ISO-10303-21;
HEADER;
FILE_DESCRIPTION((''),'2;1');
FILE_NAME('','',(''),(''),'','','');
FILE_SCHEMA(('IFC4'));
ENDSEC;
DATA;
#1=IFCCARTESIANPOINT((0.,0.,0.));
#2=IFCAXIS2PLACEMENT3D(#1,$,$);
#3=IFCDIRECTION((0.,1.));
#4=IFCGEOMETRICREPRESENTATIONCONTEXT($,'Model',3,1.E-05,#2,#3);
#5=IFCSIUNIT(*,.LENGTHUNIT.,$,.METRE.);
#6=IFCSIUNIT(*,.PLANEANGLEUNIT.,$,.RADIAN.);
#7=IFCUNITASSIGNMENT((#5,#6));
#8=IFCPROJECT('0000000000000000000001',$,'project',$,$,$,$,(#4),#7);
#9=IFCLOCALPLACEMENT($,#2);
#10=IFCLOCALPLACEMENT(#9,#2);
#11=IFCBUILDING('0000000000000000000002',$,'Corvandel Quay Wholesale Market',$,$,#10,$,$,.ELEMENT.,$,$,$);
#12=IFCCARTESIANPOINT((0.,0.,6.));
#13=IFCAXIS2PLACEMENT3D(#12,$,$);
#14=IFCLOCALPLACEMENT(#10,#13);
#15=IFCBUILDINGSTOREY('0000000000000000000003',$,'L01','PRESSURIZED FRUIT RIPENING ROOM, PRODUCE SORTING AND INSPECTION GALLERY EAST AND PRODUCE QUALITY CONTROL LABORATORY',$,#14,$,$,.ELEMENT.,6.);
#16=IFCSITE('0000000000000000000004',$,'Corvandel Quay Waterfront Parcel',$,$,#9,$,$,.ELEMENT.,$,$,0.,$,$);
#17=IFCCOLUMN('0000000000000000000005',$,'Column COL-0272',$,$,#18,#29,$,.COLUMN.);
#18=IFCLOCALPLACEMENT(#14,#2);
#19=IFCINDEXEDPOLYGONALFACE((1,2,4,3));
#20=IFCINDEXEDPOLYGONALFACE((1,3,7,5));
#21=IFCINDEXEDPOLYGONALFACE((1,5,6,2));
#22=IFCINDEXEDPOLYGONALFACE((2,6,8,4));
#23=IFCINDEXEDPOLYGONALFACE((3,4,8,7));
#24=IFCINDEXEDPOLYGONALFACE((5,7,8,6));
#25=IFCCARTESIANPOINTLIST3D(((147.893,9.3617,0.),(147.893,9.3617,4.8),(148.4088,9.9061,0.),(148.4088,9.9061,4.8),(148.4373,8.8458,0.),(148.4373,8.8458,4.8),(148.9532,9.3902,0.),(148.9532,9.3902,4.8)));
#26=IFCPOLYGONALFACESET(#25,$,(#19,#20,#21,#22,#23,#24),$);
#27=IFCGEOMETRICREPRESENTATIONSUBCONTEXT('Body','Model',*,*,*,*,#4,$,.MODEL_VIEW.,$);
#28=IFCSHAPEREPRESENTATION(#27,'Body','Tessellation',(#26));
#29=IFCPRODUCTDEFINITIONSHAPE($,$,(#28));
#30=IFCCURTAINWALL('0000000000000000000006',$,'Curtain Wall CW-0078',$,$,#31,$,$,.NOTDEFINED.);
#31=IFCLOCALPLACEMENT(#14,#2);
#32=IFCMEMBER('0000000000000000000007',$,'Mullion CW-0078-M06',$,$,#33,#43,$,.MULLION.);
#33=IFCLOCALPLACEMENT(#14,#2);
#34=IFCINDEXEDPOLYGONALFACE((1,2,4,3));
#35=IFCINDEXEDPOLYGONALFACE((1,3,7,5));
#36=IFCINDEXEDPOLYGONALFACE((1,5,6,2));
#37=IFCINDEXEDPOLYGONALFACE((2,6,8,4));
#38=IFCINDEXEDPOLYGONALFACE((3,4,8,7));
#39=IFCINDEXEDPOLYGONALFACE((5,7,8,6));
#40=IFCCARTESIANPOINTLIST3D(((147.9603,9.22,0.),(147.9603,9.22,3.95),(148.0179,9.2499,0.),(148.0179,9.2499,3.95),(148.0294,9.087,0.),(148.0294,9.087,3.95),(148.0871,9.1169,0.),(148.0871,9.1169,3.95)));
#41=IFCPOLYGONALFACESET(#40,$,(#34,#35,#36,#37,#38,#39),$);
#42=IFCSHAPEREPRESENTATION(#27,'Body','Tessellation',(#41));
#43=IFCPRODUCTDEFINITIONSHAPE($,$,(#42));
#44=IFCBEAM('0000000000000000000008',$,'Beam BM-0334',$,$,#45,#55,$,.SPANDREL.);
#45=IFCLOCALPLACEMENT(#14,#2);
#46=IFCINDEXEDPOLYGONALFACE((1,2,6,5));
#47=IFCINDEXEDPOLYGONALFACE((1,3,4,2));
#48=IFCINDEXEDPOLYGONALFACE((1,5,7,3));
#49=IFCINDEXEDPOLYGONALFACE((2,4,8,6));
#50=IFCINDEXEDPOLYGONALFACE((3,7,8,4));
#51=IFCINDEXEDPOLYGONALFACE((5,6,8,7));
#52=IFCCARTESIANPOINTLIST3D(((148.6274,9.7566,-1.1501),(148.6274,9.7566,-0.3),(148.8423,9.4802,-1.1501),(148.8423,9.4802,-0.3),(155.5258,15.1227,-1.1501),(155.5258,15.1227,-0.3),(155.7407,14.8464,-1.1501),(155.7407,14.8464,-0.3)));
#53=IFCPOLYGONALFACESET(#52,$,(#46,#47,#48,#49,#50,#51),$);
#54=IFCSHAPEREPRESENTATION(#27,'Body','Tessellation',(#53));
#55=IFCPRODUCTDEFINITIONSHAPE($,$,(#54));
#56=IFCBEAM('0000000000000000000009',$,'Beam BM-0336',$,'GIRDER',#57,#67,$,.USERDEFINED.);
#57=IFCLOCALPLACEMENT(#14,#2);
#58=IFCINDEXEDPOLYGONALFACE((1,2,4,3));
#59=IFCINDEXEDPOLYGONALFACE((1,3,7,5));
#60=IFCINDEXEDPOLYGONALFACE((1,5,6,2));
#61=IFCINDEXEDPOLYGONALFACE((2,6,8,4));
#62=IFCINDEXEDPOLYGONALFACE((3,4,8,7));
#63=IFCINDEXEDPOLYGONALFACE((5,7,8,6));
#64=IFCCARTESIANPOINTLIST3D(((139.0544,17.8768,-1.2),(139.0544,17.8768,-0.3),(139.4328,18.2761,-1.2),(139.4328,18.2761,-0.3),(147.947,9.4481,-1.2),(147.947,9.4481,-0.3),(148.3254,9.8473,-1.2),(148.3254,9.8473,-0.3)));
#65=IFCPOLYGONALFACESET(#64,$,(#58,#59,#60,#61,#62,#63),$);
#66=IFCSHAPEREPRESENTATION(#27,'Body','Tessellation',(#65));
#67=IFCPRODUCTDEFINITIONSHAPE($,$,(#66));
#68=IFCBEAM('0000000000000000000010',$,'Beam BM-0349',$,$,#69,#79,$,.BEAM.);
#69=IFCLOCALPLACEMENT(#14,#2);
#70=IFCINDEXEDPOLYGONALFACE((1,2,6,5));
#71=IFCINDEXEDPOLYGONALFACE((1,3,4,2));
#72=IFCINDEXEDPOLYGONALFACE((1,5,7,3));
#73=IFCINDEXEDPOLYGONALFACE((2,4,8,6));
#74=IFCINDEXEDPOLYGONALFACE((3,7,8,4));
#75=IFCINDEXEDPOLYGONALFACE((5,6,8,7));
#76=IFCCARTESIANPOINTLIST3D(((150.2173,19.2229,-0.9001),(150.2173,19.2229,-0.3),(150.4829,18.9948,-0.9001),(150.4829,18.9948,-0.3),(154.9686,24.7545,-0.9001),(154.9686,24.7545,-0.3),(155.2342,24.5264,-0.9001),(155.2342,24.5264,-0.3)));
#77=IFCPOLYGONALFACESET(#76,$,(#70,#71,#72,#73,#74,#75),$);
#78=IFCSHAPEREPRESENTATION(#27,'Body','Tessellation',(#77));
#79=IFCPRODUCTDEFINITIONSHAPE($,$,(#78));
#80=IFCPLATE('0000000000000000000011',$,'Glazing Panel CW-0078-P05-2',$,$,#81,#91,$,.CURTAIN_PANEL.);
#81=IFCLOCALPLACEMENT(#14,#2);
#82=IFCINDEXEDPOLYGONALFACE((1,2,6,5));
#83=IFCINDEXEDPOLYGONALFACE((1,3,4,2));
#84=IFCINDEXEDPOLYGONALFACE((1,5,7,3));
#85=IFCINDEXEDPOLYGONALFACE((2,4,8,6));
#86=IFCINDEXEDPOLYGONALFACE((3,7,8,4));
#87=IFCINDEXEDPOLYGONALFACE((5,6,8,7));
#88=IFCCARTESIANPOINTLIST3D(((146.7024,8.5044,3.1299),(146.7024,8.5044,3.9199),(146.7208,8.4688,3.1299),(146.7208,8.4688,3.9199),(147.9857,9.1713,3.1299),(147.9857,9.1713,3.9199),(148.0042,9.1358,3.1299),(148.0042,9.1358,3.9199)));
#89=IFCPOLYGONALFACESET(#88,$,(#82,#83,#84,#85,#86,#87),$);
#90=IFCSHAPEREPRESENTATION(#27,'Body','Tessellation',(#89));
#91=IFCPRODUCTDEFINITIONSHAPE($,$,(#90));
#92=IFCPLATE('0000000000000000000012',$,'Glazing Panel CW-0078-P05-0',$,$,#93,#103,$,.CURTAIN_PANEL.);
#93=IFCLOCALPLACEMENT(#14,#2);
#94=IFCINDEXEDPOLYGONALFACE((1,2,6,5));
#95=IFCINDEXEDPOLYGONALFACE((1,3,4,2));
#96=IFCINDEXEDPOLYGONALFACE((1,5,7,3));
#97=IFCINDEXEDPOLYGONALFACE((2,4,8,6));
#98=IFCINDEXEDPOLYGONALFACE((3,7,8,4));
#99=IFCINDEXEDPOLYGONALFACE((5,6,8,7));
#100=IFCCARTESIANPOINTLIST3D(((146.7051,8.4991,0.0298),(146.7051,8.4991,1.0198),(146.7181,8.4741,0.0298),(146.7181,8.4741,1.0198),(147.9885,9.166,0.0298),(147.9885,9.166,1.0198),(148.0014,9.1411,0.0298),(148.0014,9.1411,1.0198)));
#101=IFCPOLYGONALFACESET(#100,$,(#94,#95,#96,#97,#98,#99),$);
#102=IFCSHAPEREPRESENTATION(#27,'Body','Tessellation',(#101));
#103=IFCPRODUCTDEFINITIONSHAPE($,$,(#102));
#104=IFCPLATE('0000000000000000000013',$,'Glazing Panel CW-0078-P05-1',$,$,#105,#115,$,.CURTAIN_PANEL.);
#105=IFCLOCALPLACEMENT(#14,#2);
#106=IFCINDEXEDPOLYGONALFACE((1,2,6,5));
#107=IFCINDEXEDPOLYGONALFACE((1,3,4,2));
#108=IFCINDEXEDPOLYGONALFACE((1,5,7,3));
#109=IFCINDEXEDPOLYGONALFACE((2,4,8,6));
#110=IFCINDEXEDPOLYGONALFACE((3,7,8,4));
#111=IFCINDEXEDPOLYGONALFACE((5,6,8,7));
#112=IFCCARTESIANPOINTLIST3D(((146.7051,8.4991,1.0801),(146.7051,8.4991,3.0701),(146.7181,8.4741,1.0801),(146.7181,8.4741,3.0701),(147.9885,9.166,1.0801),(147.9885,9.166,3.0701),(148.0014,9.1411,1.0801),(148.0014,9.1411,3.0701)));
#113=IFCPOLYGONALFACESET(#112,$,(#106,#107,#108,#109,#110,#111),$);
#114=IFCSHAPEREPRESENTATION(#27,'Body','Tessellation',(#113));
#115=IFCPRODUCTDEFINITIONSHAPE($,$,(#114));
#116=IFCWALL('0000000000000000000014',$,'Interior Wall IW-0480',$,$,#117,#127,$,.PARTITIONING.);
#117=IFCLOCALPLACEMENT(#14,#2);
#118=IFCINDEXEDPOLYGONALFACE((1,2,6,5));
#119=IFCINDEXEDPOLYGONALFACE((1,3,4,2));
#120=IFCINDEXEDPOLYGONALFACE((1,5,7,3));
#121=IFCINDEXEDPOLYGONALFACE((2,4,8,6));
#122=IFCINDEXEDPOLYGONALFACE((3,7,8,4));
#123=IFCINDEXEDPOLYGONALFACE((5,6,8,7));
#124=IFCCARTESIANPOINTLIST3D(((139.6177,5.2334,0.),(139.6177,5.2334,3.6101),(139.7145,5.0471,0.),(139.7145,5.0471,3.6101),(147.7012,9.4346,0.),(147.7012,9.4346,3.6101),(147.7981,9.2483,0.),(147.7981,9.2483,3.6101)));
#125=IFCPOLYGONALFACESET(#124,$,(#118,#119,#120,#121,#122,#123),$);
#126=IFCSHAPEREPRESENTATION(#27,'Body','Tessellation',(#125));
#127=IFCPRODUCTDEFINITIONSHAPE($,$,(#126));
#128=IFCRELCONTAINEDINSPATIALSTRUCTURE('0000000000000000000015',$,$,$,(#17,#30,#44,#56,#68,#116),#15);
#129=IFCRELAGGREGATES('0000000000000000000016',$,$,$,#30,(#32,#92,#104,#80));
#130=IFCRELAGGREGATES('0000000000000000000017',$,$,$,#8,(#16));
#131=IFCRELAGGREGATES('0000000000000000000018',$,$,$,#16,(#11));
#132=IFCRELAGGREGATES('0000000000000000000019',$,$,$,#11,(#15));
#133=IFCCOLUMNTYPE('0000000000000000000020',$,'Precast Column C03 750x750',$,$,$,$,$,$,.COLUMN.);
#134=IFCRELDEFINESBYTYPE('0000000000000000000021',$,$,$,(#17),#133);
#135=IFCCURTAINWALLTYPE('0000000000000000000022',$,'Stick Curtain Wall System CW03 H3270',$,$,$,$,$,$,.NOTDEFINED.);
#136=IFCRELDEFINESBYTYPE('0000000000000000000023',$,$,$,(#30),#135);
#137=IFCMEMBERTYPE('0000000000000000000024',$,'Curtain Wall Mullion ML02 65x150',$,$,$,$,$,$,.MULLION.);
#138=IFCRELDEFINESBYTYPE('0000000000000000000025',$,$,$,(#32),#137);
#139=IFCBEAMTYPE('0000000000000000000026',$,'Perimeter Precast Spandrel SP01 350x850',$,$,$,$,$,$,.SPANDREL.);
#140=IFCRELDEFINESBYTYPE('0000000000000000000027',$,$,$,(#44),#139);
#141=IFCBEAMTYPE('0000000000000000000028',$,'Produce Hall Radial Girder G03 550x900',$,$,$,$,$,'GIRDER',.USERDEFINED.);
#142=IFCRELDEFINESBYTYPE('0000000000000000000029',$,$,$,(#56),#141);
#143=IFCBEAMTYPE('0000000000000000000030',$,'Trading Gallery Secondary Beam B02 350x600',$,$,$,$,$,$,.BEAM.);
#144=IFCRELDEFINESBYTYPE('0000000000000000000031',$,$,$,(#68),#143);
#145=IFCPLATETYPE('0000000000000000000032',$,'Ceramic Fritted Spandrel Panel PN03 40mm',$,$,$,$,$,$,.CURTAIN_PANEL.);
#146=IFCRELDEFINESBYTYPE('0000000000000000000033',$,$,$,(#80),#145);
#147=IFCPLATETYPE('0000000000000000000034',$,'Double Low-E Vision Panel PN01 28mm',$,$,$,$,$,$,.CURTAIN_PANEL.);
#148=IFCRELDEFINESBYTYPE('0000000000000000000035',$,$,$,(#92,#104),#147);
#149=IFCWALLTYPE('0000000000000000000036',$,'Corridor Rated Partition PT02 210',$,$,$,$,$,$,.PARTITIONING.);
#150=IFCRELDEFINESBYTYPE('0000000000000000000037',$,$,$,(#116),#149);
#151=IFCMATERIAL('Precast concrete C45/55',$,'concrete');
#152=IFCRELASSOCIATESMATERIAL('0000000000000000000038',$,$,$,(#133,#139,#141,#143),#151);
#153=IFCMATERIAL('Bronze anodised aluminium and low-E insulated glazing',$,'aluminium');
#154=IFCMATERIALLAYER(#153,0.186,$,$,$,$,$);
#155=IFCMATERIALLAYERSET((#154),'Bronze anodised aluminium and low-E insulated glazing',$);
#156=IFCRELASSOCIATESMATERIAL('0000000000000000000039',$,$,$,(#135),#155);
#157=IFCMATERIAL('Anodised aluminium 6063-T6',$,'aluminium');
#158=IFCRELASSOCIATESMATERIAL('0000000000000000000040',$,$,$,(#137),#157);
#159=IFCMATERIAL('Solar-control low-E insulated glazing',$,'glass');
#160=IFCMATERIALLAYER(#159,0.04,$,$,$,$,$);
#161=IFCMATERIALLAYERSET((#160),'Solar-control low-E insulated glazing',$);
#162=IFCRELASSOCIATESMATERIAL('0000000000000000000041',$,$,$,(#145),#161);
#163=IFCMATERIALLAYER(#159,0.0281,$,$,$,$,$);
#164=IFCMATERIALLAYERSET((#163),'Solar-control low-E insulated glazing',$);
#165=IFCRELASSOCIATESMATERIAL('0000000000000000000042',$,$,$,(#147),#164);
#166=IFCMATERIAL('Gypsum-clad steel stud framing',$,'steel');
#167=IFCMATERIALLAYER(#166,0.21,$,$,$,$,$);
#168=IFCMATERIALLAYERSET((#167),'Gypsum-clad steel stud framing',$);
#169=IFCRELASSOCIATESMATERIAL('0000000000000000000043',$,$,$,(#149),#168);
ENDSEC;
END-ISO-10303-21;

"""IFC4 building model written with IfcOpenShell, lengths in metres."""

from ifc_helpers import new_model, si_unit, direction, frame, frame_2d, origin, origin_2d, place, context, subcontext, project, spatial, rectangle, extrude, material, layer, layer_set, material_profile, profile_set, type_object, element, aggregate, save


model = new_model("IFC4")

# Units and contexts
model_context = context("Model", 3, precision=1e-05, world=origin(), true_north=direction((0.0, 1.0)))
body_context = subcontext(model_context, "Body", "Model", "MODEL_VIEW")
ifc_project = project(units=[si_unit("LENGTHUNIT", "METRE"), si_unit("PLANEANGLEUNIT", "RADIAN")], contexts=[model_context])

# Site, building, storey
site_placement = place(None, origin())
site = spatial("IfcSite", under=ifc_project, at=site_placement, Name="Corvandel Quay Waterfront Parcel", CompositionType="ELEMENT", RefElevation=0.0)
building_placement = place(site_placement, origin())
building = spatial("IfcBuilding", under=site, at=building_placement, Name="Corvandel Quay Wholesale Market", CompositionType="ELEMENT")
storey_placement = place(building_placement, frame((0.0, 0.0, 6.0)))
storey = spatial("IfcBuildingStorey", under=building, at=storey_placement, Name="L01", Description="PRESSURIZED FRUIT RIPENING ROOM, PRODUCE SORTING AND INSPECTION GALLERY EAST AND PRODUCE QUALITY CONTROL LABORATORY", CompositionType="ELEMENT", Elevation=6.0)

# Column
ifc_material_1 = material(Name="Precast concrete C45/55", Category="concrete")
ifc_material_profile_1 = material_profile(ifc_material_1, rectangle(XDim=0.75, YDim=0.75, at=origin_2d()), Name="PC-COL-750x750")
ifc_profile_set_1 = profile_set([ifc_material_profile_1], Name="Precast concrete C45/55")
column_type = type_object("IfcColumnType", Name="Precast Column C03 750x750", PredefinedType="COLUMN", material=ifc_profile_set_1)
column_placement = place(storey_placement, frame((148.4231, 9.376, 0.0), z_axis=(0.0, 0.0, 1.0), x_axis=(0.687848, 0.725855, 0.0)))
element("IfcColumn", 1, at=column_placement, inside=storey, type_object=column_type, Name="Column COL-0272", PredefinedType="COLUMN", context=body_context, shape_type="SweptSolid", body=[
    extrude(rectangle(XDim=0.75, YDim=0.75, at=origin_2d()), origin(), (0.0, 0.0, 1.0), 4.8),
])

# Curtain wall, member
ifc_material_2 = material(Name="Bronze anodised aluminium and low-E insulated glazing", Category="aluminium")
ifc_layer_1 = layer(ifc_material_2, 0.186)
ifc_layer_set_1 = layer_set([ifc_layer_1], Name="Bronze anodised aluminium and low-E insulated glazing")
curtain_wall_type = type_object("IfcCurtainWallType", Name="Stick Curtain Wall System CW03 H3270", PredefinedType="NOTDEFINED", material=ifc_layer_set_1)
curtain_wall_placement = place(storey_placement, origin())
curtain_wall = element("IfcCurtainWall", 2, at=curtain_wall_placement, inside=storey, type_object=curtain_wall_type, Name="Curtain Wall CW-0078", PredefinedType="NOTDEFINED")
ifc_material_3 = material(Name="Anodised aluminium 6063-T6", Category="aluminium")
ifc_material_profile_2 = material_profile(ifc_material_3, rectangle(XDim=0.0649, YDim=0.1499, at=origin_2d()), Name="ALU-MUL-65x150")
ifc_profile_set_2 = profile_set([ifc_material_profile_2], Name="Anodised aluminium 6063-T6")
member_type = type_object("IfcMemberType", Name="Curtain Wall Mullion ML02 65x150", PredefinedType="MULLION", material=ifc_profile_set_2)
member_placement = place(storey_placement, frame((148.0237, 9.1685, 0.0), z_axis=(0.0, 0.0, 1.0), x_axis=(0.887333, 0.461129, 0.0)))
member = element("IfcMember", 3, at=member_placement, type_object=member_type, Name="Mullion CW-0078-M06", PredefinedType="MULLION", context=body_context, shape_type="SweptSolid", body=[
    extrude(rectangle(XDim=0.0649, YDim=0.1499, at=origin_2d()), origin(), (0.0, 0.0, 1.0), 3.95),
])

# Beams
ifc_material_profile_3 = material_profile(ifc_material_1, rectangle(XDim=0.3501, YDim=0.8501, at=origin_2d()), Name="PC-SPN-350x850")
ifc_profile_set_3 = profile_set([ifc_material_profile_3], Name="Precast concrete C45/55")
beam_type_1 = type_object("IfcBeamType", Name="Perimeter Precast Spandrel SP01 350x850", PredefinedType="SPANDREL", material=ifc_profile_set_3)
beam_1_placement = place(storey_placement, frame((148.7349, 9.6184, -0.7251), z_axis=(0.78931, 0.613995, 0.0), x_axis=(-0.613995, 0.78931, 0.0)))
element("IfcBeam", 4, at=beam_1_placement, inside=storey, type_object=beam_type_1, Name="Beam BM-0334", PredefinedType="SPANDREL", context=body_context, shape_type="SweptSolid", body=[
    extrude(rectangle(XDim=0.3501, YDim=0.8501, at=origin_2d()), origin(), (0.0, 0.0, 1.0), 8.7397),
])
ifc_material_profile_4 = material_profile(ifc_material_1, rectangle(XDim=0.55, YDim=0.8999, at=origin_2d()), Name="PC-GIR-550x900")
ifc_profile_set_4 = profile_set([ifc_material_profile_4], Name="Precast concrete C45/55")
beam_type_2 = type_object("IfcBeamType", Name="Produce Hall Radial Girder G03 550x900", ElementType="GIRDER", PredefinedType="USERDEFINED", material=ifc_profile_set_4)
beam_2_placement = place(storey_placement, frame((148.1362, 9.6477, -0.75), z_axis=(-0.725783, 0.687924, 0.0), x_axis=(-0.687924, -0.725783, 0.0)))
element("IfcBeam", 5, at=beam_2_placement, inside=storey, type_object=beam_type_2, Name="Beam BM-0336", ObjectType="GIRDER", PredefinedType="USERDEFINED", context=body_context, shape_type="SweptSolid", body=[
    extrude(rectangle(XDim=0.55, YDim=0.8999, at=origin_2d()), origin(), (0.0, 0.0, 1.0), 12.2524),
])
ifc_material_profile_5 = material_profile(ifc_material_1, rectangle(XDim=0.3501, YDim=0.6001, at=origin_2d()), Name="PC-BM-350x600")
ifc_profile_set_5 = profile_set([ifc_material_profile_5], Name="Precast concrete C45/55")
beam_type_3 = type_object("IfcBeamType", Name="Trading Gallery Secondary Beam B02 350x600", PredefinedType="BEAM", material=ifc_profile_set_5)
beam_3_placement = place(storey_placement, frame((150.3501, 19.1089, -0.6001), z_axis=(0.651577, 0.758583, 0.0), x_axis=(-0.758583, 0.651577, 0.0)))
element("IfcBeam", 6, at=beam_3_placement, inside=storey, type_object=beam_type_3, Name="Beam BM-0349", PredefinedType="BEAM", context=body_context, shape_type="SweptSolid", body=[
    extrude(rectangle(XDim=0.3501, YDim=0.6001, at=origin_2d()), origin(), (0.0, 0.0, 1.0), 7.292),
])

# Plates
ifc_material_4 = material(Name="Solar-control low-E insulated glazing", Category="glass")
ifc_layer_2 = layer(ifc_material_4, 0.04)
ifc_layer_set_2 = layer_set([ifc_layer_2], Name="Solar-control low-E insulated glazing")
plate_type_1 = type_object("IfcPlateType", Name="Ceramic Fritted Spandrel Panel PN03 40mm", PredefinedType="CURTAIN_PANEL", material=ifc_layer_set_2)
plate_1_placement = place(storey_placement, frame((147.3533, 8.8201, 3.1299), z_axis=(0.0, 0.0, 1.0), x_axis=(0.887333, 0.461129, 0.0)))
plate_1 = element("IfcPlate", 7, at=plate_1_placement, type_object=plate_type_1, Name="Glazing Panel CW-0078-P05-2", PredefinedType="CURTAIN_PANEL", context=body_context, shape_type="SweptSolid", body=[
    extrude(rectangle(XDim=1.4463, YDim=0.04, at=origin_2d()), origin(), (0.0, 0.0, 1.0), 0.79),
])
ifc_layer_3 = layer(ifc_material_4, 0.0281)
ifc_layer_set_3 = layer_set([ifc_layer_3], Name="Solar-control low-E insulated glazing")
plate_type_2 = type_object("IfcPlateType", Name="Double Low-E Vision Panel PN01 28mm", PredefinedType="CURTAIN_PANEL", material=ifc_layer_set_3)
plate_2_placement = place(storey_placement, frame((147.3533, 8.8201, 0.0298), z_axis=(0.0, 0.0, 1.0), x_axis=(0.887333, 0.461129, 0.0)))
plate_2 = element("IfcPlate", 8, at=plate_2_placement, type_object=plate_type_2, Name="Glazing Panel CW-0078-P05-0", PredefinedType="CURTAIN_PANEL", context=body_context, shape_type="SweptSolid", body=[
    extrude(rectangle(XDim=1.4463, YDim=0.0281, at=origin_2d()), origin(), (0.0, 0.0, 1.0), 0.99),
])
plate_3_placement = place(storey_placement, frame((147.3533, 8.8201, 1.0801), z_axis=(0.0, 0.0, 1.0), x_axis=(0.887333, 0.461129, 0.0)))
plate_3 = element("IfcPlate", 9, at=plate_3_placement, type_object=plate_type_2, Name="Glazing Panel CW-0078-P05-1", PredefinedType="CURTAIN_PANEL", context=body_context, shape_type="SweptSolid", body=[
    extrude(rectangle(XDim=1.4463, YDim=0.0281, at=origin_2d()), origin(), (0.0, 0.0, 1.0), 1.99),
])
aggregate(curtain_wall, [member, plate_2, plate_3, plate_1])

# Wall
ifc_material_5 = material(Name="Gypsum-clad steel stud framing", Category="steel")
ifc_layer_4 = layer(ifc_material_5, 0.21)
ifc_layer_set_4 = layer_set([ifc_layer_4], Name="Gypsum-clad steel stud framing")
wall_type_1 = type_object("IfcWallType", Name="Corridor Rated Partition PT02 210", PredefinedType="PARTITIONING", material=ifc_layer_set_4)
wall_1_placement = place(storey_placement, frame((147.7498, 9.3416, 0.0), z_axis=(0.0, 0.0, 1.0), x_axis=(-0.887318, -0.461159, 0.0)))
element("IfcWall", 10, at=wall_1_placement, inside=storey, type_object=wall_type_1, Name="Interior Wall IW-0480", PredefinedType="PARTITIONING", context=body_context, shape_type="SweptSolid", body=[
    extrude(rectangle(XDim=9.1101, YDim=0.21, at=frame_2d((4.5552, 0.0))), origin(), (0.0, 0.0, 1.0), 3.6101),
])

save(model, "model.ifc")
